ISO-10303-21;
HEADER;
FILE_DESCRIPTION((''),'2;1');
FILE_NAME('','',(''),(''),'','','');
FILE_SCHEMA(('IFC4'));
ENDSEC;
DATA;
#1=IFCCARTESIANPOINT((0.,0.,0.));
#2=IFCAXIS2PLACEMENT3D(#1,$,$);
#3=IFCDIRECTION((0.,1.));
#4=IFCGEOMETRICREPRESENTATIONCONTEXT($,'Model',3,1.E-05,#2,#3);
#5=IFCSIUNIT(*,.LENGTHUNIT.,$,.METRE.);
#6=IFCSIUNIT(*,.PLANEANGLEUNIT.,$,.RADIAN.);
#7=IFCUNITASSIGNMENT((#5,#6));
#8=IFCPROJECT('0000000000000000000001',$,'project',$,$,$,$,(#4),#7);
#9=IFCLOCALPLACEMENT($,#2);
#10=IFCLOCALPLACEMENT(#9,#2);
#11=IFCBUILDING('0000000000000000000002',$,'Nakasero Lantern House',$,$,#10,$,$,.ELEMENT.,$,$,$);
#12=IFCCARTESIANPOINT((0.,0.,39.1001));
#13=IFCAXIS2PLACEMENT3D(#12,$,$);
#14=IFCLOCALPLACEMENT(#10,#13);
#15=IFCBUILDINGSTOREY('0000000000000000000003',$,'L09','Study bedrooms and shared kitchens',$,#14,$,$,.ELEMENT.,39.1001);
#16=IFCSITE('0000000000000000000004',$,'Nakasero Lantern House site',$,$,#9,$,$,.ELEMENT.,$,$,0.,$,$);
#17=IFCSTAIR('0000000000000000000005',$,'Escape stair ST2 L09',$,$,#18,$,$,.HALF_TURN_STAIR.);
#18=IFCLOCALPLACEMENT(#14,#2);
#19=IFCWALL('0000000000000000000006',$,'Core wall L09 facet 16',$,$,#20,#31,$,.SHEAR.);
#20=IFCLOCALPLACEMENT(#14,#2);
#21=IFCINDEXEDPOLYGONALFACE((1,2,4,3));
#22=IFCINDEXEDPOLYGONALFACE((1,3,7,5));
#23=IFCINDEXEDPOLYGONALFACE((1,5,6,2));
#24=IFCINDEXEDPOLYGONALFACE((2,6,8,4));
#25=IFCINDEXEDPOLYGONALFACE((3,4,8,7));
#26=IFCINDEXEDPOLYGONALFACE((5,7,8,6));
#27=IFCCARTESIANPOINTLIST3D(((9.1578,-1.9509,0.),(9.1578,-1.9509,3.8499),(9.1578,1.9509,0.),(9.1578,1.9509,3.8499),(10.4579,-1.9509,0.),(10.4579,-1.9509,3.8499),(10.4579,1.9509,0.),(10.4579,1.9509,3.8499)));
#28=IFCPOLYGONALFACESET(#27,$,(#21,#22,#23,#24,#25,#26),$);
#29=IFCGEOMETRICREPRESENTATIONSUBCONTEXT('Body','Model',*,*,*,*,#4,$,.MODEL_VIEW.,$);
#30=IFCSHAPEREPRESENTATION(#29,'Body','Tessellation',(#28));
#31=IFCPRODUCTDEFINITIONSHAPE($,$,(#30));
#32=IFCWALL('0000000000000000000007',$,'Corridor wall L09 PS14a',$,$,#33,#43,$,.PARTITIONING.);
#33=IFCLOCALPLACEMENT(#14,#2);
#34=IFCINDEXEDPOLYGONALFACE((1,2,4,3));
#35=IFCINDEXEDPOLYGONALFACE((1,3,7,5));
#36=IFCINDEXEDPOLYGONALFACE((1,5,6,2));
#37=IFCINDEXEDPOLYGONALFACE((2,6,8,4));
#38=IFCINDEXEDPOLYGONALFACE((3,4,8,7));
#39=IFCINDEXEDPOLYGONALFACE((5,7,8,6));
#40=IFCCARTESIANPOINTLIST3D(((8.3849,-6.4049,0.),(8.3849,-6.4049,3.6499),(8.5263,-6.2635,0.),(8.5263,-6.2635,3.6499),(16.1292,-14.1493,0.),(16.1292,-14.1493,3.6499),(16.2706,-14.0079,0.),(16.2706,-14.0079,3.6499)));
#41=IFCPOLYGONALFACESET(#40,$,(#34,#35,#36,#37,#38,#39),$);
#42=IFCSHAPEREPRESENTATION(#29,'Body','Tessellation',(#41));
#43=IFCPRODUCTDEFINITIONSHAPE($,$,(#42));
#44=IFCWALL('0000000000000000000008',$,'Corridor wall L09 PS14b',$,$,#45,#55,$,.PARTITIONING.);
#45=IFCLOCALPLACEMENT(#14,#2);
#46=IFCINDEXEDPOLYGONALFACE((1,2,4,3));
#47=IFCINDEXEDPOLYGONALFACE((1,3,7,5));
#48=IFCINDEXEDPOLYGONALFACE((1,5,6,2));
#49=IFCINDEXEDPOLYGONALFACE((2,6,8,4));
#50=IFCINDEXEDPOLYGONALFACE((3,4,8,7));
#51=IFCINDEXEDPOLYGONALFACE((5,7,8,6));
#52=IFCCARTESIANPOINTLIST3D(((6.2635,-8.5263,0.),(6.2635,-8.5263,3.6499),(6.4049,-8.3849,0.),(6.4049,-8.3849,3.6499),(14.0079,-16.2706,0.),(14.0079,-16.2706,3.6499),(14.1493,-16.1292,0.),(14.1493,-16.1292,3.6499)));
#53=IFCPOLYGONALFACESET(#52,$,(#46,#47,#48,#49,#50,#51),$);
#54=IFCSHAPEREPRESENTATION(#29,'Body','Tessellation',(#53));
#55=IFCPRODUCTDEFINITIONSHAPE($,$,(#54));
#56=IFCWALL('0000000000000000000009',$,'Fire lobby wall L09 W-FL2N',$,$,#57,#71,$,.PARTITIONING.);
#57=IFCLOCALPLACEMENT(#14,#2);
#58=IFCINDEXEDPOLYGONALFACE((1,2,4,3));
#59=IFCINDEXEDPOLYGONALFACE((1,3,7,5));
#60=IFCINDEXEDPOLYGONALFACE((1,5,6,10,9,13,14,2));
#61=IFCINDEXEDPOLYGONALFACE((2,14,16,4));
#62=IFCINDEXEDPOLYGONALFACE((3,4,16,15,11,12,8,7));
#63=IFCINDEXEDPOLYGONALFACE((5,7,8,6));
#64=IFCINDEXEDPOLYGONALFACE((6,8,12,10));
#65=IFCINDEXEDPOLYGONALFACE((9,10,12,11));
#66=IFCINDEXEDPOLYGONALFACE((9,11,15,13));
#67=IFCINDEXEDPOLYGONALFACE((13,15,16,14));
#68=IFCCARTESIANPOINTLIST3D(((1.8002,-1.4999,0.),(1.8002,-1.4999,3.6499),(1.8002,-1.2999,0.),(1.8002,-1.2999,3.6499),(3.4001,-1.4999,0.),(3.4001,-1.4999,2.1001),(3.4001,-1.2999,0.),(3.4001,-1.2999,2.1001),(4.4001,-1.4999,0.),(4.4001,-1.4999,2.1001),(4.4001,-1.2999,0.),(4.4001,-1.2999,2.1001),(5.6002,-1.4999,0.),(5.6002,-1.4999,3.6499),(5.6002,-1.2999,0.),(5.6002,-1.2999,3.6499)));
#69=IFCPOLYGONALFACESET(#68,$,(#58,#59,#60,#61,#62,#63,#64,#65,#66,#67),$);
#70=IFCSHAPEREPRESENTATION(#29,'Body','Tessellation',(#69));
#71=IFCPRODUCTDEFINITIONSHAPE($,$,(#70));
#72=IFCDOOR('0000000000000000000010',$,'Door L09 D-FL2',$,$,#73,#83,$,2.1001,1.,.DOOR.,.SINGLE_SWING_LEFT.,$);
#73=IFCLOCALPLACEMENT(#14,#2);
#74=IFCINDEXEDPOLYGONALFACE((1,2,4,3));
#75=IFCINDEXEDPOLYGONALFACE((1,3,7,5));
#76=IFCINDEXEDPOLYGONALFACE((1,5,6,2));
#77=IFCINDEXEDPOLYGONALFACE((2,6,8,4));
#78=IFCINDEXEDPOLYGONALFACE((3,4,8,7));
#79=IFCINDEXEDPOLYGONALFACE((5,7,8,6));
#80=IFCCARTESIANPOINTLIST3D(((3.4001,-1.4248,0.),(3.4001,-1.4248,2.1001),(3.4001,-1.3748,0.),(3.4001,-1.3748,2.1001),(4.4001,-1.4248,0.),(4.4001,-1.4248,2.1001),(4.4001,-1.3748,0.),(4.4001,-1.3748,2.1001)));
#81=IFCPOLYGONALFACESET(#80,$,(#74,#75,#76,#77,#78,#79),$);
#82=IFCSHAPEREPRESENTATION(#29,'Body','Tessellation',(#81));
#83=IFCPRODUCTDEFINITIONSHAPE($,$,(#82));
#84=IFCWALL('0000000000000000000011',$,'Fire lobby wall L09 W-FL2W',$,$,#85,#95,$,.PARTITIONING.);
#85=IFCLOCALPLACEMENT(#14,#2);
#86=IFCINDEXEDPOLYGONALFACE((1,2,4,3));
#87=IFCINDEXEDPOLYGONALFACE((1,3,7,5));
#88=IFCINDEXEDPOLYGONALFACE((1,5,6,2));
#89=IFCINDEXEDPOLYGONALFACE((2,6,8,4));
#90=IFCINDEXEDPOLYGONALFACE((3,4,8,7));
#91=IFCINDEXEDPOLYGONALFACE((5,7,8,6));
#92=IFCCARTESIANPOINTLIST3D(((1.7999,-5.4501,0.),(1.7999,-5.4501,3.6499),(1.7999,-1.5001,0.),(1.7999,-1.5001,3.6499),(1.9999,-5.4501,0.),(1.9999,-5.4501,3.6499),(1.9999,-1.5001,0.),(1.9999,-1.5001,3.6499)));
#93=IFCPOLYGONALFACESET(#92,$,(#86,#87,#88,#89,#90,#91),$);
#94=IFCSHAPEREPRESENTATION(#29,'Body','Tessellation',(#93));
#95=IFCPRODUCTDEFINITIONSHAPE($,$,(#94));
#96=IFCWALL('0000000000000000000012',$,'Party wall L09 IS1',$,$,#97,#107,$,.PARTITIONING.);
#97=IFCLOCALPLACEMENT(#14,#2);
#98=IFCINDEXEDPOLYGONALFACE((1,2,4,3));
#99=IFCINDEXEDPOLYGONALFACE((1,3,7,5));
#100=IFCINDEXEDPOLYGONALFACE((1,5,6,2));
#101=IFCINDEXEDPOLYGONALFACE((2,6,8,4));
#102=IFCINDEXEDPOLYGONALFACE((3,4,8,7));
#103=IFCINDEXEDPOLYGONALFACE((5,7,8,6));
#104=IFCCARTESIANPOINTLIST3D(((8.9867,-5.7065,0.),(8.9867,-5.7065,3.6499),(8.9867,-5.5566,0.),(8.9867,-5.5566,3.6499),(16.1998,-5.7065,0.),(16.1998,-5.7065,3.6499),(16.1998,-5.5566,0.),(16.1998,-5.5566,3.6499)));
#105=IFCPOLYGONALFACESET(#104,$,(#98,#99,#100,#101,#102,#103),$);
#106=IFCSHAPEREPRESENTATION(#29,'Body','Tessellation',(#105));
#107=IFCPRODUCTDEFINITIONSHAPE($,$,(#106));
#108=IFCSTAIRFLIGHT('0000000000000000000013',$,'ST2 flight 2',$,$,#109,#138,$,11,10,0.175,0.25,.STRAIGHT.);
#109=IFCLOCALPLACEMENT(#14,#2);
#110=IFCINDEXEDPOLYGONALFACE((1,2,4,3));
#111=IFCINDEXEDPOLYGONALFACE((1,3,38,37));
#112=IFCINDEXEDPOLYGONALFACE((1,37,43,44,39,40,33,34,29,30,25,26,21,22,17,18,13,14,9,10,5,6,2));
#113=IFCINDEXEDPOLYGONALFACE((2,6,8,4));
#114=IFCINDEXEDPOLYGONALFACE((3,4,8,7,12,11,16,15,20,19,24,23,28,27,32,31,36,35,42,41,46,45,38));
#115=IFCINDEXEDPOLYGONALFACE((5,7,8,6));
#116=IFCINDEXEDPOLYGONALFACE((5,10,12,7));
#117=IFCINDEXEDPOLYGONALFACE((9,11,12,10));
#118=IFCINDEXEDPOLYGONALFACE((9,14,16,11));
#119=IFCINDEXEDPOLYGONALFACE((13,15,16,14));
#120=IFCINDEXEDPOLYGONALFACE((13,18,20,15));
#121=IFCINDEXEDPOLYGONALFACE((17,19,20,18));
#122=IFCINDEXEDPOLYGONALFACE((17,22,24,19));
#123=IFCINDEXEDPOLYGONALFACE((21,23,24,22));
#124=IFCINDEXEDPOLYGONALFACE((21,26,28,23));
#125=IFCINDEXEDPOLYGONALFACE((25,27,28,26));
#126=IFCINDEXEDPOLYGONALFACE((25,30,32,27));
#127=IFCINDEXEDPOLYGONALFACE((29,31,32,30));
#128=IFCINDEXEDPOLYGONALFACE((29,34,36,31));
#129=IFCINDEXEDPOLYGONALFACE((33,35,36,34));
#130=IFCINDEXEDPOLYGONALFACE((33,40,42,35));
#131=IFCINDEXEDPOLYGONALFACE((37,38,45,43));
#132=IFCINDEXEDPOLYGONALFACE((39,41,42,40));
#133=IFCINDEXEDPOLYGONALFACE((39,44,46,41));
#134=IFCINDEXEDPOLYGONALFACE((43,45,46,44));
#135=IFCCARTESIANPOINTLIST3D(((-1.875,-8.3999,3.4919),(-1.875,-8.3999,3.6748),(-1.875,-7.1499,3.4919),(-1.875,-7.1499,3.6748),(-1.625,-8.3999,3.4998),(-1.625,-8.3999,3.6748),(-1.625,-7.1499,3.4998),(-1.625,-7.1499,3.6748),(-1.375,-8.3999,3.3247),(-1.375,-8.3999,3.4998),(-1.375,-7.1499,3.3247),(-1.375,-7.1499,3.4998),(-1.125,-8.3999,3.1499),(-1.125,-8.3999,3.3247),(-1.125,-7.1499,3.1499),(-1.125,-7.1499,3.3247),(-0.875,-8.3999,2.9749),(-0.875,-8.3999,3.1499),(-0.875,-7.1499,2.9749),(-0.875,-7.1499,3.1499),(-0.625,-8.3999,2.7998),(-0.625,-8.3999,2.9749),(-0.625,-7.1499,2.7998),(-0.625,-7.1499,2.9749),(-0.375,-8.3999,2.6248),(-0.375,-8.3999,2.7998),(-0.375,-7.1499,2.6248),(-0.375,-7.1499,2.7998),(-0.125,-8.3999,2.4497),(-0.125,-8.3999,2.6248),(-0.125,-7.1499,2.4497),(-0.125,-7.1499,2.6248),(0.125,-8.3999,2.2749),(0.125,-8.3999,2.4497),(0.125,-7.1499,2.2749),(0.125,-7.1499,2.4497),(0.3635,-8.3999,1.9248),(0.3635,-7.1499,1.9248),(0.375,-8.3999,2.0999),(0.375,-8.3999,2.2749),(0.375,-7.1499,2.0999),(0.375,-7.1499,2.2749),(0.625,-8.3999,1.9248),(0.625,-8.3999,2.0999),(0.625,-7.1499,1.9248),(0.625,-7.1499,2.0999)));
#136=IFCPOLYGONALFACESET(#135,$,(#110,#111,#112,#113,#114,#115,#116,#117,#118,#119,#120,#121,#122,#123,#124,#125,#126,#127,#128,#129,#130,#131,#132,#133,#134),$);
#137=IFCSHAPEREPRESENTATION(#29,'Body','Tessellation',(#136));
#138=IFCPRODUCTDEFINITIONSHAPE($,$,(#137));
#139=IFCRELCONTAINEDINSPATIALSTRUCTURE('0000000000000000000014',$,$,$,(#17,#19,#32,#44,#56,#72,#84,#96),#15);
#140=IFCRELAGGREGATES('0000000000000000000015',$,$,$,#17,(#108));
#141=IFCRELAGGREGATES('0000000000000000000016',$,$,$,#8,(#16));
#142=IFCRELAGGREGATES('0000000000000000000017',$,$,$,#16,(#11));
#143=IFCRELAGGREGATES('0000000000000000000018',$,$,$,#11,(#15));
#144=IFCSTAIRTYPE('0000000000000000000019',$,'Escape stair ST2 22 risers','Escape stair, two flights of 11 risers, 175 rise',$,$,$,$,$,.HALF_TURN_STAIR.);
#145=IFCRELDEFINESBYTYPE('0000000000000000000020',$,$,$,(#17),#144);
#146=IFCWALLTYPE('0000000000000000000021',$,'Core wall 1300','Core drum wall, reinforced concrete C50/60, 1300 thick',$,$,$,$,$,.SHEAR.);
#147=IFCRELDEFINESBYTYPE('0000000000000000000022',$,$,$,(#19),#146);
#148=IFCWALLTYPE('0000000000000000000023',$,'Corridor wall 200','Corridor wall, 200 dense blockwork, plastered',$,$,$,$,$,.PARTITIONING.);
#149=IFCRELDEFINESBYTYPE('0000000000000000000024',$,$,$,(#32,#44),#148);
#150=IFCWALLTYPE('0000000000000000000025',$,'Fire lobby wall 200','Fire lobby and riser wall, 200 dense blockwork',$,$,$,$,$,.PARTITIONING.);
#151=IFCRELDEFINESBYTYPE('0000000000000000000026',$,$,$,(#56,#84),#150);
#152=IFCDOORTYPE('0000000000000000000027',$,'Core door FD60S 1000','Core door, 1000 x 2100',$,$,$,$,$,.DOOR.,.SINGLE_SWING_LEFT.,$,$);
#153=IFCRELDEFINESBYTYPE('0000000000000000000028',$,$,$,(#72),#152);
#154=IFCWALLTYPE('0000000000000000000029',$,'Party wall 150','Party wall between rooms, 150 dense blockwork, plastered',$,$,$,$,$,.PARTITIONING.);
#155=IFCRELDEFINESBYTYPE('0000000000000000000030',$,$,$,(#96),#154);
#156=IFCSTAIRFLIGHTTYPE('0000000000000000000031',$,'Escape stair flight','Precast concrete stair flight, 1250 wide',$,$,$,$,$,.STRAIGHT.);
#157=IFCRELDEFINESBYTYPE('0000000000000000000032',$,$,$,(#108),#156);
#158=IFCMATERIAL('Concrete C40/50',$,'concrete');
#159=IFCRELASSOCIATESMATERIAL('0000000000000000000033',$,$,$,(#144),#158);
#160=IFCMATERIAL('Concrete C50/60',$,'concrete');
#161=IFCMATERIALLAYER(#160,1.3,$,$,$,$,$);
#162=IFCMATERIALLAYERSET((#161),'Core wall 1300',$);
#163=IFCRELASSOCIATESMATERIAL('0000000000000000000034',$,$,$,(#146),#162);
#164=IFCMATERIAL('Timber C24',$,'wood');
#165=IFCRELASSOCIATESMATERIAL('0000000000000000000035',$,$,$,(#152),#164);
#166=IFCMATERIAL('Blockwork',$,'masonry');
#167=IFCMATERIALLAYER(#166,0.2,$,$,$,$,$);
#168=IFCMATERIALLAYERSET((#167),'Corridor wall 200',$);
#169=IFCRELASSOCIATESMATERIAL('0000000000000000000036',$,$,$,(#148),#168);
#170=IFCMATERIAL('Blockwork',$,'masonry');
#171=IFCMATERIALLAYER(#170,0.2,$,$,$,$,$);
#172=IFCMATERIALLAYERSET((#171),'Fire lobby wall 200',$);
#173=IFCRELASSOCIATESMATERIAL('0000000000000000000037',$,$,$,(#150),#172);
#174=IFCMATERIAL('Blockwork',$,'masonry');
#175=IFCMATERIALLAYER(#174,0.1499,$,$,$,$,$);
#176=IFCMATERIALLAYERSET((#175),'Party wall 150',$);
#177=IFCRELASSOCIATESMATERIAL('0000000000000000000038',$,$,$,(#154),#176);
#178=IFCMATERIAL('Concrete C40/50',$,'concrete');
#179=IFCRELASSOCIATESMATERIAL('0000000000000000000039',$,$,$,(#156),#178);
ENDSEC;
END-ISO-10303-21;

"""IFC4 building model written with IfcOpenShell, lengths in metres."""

from ifc_helpers import new_model, si_unit, direction, frame, frame_2d, origin, place, context, subcontext, project, spatial, polyline, rectangle, outline, extrude, material, layer, layer_set, type_object, element, fill, aggregate, save


model = new_model("IFC4")

# Units and contexts
model_context = context("Model", 3, precision=1e-05, world=origin(), true_north=direction((0.0, 1.0)))
body_context = subcontext(model_context, "Body", "Model", "MODEL_VIEW")
ifc_project = project(units=[si_unit("LENGTHUNIT", "METRE"), si_unit("PLANEANGLEUNIT", "RADIAN")], contexts=[model_context])

# Site, building, storey
site_placement = place(None, origin())
site = spatial("IfcSite", under=ifc_project, at=site_placement, Name="Nakasero Lantern House site", CompositionType="ELEMENT", RefElevation=0.0)
building_placement = place(site_placement, origin())
building = spatial("IfcBuilding", under=site, at=building_placement, Name="Nakasero Lantern House", CompositionType="ELEMENT")
storey_placement = place(building_placement, frame((0.0, 0.0, 39.1001)))
storey = spatial("IfcBuildingStorey", under=building, at=storey_placement, Name="L09", Description="Study bedrooms and shared kitchens", CompositionType="ELEMENT", Elevation=39.1001)

# Stair
ifc_material_1 = material(Name="Concrete C40/50", Category="concrete")
stair_type_1 = type_object("IfcStairType", Name="Escape stair ST2 22 risers", Description="Escape stair, two flights of 11 risers, 175 rise", PredefinedType="HALF_TURN_STAIR", material=ifc_material_1)
stair_1_placement = place(storey_placement, origin())
stair_1 = element("IfcStair", 1, at=stair_1_placement, inside=storey, type_object=stair_type_1, Name="Escape stair ST2 L09", PredefinedType="HALF_TURN_STAIR")

# Shared definitions
ifc_material_2 = material(Name="Concrete C50/60", Category="concrete")
ifc_layer_1 = layer(ifc_material_2, 1.3)
ifc_layer_set_1 = layer_set([ifc_layer_1], Name="Core wall 1300")
wall_type_1 = type_object("IfcWallType", Name="Core wall 1300", Description="Core drum wall, reinforced concrete C50/60, 1300 thick", PredefinedType="SHEAR", material=ifc_layer_set_1)

# Shared definitions
ifc_material_3 = material(Name="Timber C24", Category="wood")
door_type_1 = type_object("IfcDoorType", Name="Core door FD60S 1000", Description="Core door, 1000 x 2100", OperationType="SINGLE_SWING_LEFT", PredefinedType="DOOR", material=ifc_material_3)

# Walls
for number, where, z_axis, x_axis, name in (
    (2, (9.8079, -1.9509, 0.0), (0.0, 0.0, 1.0), (0.0, 1.0, 0.0), "Core wall L09 facet 16"),
):
    element("IfcWall", number, at=place(storey_placement, frame(where, z_axis=z_axis, x_axis=x_axis)), inside=storey, type_object=wall_type_1, Name=name, PredefinedType="SHEAR", context=body_context, shape_type="SweptSolid", body=[
        extrude(rectangle(XDim=3.9019, YDim=1.3, at=frame_2d((1.9509, 0.0))), origin(), (0.0, 0.0, 1.0), 3.8499),
    ])
ifc_material_4 = material(Name="Blockwork", Category="masonry")
ifc_layer_2 = layer(ifc_material_4, 0.2)
ifc_layer_set_2 = layer_set([ifc_layer_2], Name="Corridor wall 200")
wall_type_2 = type_object("IfcWallType", Name="Corridor wall 200", Description="Corridor wall, 200 dense blockwork, plastered", PredefinedType="PARTITIONING", material=ifc_layer_set_2)
for number, where, z_axis, x_axis, name in (
    (3, (8.4556, -6.3342, 0.0), (0.0, 0.0, 1.0), (0.707107, -0.707107, 0.0), "Corridor wall L09 PS14a"),
    (4, (6.3342, -8.4556, 0.0), (0.0, 0.0, 1.0), (0.707107, -0.707107, 0.0), "Corridor wall L09 PS14b"),
):
    element("IfcWall", number, at=place(storey_placement, frame(where, z_axis=z_axis, x_axis=x_axis)), inside=storey, type_object=wall_type_2, Name=name, PredefinedType="PARTITIONING", context=body_context, shape_type="SweptSolid", body=[
        extrude(rectangle(XDim=10.9521, YDim=0.2, at=frame_2d((5.4761, 0.0))), origin(), (0.0, 0.0, 1.0), 3.6499),
    ])

# Wall, opening, door
ifc_material_5 = material(Name="Blockwork", Category="masonry")
ifc_layer_3 = layer(ifc_material_5, 0.2)
ifc_layer_set_3 = layer_set([ifc_layer_3], Name="Fire lobby wall 200")
wall_type_3 = type_object("IfcWallType", Name="Fire lobby wall 200", Description="Fire lobby and riser wall, 200 dense blockwork", PredefinedType="PARTITIONING", material=ifc_layer_set_3)
wall_1_placement = place(storey_placement, frame((5.6001, -1.3999, 0.0), z_axis=(0.0, 0.0, 1.0), x_axis=(-1.0, 0.0, 0.0)))
wall_1 = element("IfcWall", 5, at=wall_1_placement, inside=storey, type_object=wall_type_3, Name="Fire lobby wall L09 W-FL2N", PredefinedType="PARTITIONING", context=body_context, shape_type="SweptSolid", body=[
    extrude(rectangle(XDim=3.8, YDim=0.2, at=frame_2d((1.8999, 0.0))), origin(), (0.0, 0.0, 1.0), 3.6499),
])
opening_1_placement = place(wall_1_placement, frame((1.2, 0.0, 0.0)))
opening_1 = element("IfcOpeningElement", 6, at=opening_1_placement, cuts=wall_1, PredefinedType="OPENING", context=body_context, shape_type="SweptSolid", body=[
    extrude(rectangle(XDim=1.0, YDim=2.1001, at=frame_2d((0.5, 1.05))), frame((0.0, 0.1199, 0.0), z_axis=(0.0, -1.0, 0.0), x_axis=(1.0, 0.0, 0.0)), (0.0, 0.0, 1.0), 0.24),
])
door_1_placement = place(opening_1_placement, origin())
door_1 = element("IfcDoor", 7, at=door_1_placement, inside=storey, type_object=door_type_1, Name="Door L09 D-FL2", OperationType="SINGLE_SWING_LEFT", OverallHeight=2.1001, OverallWidth=1.0, PredefinedType="DOOR", context=body_context, shape_type="SweptSolid", body=[
    extrude(rectangle(XDim=1.0, YDim=2.1001, at=frame_2d((0.5, 1.05))), frame((0.0, 0.0249, 0.0), z_axis=(0.0, -1.0, 0.0), x_axis=(1.0, 0.0, 0.0)), (0.0, 0.0, 1.0), 0.05),
])
fill(opening_1, door_1)

# Walls
wall_2_placement = place(storey_placement, frame((1.8999, -1.5, 0.0), z_axis=(0.0, 0.0, 1.0), x_axis=(0.0, -1.0, 0.0)))
element("IfcWall", 8, at=wall_2_placement, inside=storey, type_object=wall_type_3, Name="Fire lobby wall L09 W-FL2W", PredefinedType="PARTITIONING", context=body_context, shape_type="SweptSolid", body=[
    extrude(rectangle(XDim=3.95, YDim=0.2, at=frame_2d((1.9751, 0.0))), origin(), (0.0, 0.0, 1.0), 3.6499),
])
ifc_material_6 = material(Name="Blockwork", Category="masonry")
ifc_layer_4 = layer(ifc_material_6, 0.1499)
ifc_layer_set_4 = layer_set([ifc_layer_4], Name="Party wall 150")
wall_type_4 = type_object("IfcWallType", Name="Party wall 150", Description="Party wall between rooms, 150 dense blockwork, plastered", PredefinedType="PARTITIONING", material=ifc_layer_set_4)
wall_3_placement = place(storey_placement, frame((8.9868, -5.6316, 0.0), z_axis=(0.0, 0.0, 1.0), x_axis=(1.0, 0.0, 0.0)))
element("IfcWall", 9, at=wall_3_placement, inside=storey, type_object=wall_type_4, Name="Party wall L09 IS1", PredefinedType="PARTITIONING", context=body_context, shape_type="SweptSolid", body=[
    extrude(rectangle(XDim=7.2131, YDim=0.1499, at=frame_2d((3.6064, 0.0))), origin(), (0.0, 0.0, 1.0), 3.6499),
])

# Stair flight
ifc_material_7 = material(Name="Concrete C40/50", Category="concrete")
stair_flight_type = type_object("IfcStairFlightType", Name="Escape stair flight", Description="Precast concrete stair flight, 1250 wide", PredefinedType="STRAIGHT", material=ifc_material_7)
stair_flight_placement = place(storey_placement, frame((0.625, -7.7749, 1.9248), z_axis=(0.0, 0.0, 1.0), x_axis=(-1.0, 0.0, 0.0)))
stair_flight = element("IfcStairFlight", 10, at=stair_flight_placement, type_object=stair_flight_type, Name="ST2 flight 2", NumberOfRisers=11, NumberOfTreads=10, PredefinedType="STRAIGHT", RiserHeight=0.175, TreadLength=0.25, context=body_context, shape_type="SweptSolid", body=[
    extrude(outline(polyline([(0.0, 0.0), (0.0, 0.175), (0.25, 0.175), (0.25, 0.3501), (0.5, 0.3501), (0.5, 0.5249), (0.75, 0.5249), (0.75, 0.7), (1.0, 0.7), (1.0, 0.875), (1.25, 0.875), (1.25, 1.05), (1.5, 1.05), (1.5, 1.2251), (1.75, 1.2251), (1.75, 1.3999), (2.0, 1.3999), (2.0, 1.575), (2.25, 1.575), (2.25, 1.75), (2.5, 1.75), (2.5, 1.925), (2.5, 1.5671), (0.2615, 0.0), (0.0, 0.0)])), frame((0.0, 0.625, 0.0), z_axis=(0.0, -1.0, 0.0), x_axis=(1.0, 0.0, 0.0)), (0.0, 0.0, 1.0), 1.25),
])
aggregate(stair_1, [stair_flight])

save(model, "model.ifc")
